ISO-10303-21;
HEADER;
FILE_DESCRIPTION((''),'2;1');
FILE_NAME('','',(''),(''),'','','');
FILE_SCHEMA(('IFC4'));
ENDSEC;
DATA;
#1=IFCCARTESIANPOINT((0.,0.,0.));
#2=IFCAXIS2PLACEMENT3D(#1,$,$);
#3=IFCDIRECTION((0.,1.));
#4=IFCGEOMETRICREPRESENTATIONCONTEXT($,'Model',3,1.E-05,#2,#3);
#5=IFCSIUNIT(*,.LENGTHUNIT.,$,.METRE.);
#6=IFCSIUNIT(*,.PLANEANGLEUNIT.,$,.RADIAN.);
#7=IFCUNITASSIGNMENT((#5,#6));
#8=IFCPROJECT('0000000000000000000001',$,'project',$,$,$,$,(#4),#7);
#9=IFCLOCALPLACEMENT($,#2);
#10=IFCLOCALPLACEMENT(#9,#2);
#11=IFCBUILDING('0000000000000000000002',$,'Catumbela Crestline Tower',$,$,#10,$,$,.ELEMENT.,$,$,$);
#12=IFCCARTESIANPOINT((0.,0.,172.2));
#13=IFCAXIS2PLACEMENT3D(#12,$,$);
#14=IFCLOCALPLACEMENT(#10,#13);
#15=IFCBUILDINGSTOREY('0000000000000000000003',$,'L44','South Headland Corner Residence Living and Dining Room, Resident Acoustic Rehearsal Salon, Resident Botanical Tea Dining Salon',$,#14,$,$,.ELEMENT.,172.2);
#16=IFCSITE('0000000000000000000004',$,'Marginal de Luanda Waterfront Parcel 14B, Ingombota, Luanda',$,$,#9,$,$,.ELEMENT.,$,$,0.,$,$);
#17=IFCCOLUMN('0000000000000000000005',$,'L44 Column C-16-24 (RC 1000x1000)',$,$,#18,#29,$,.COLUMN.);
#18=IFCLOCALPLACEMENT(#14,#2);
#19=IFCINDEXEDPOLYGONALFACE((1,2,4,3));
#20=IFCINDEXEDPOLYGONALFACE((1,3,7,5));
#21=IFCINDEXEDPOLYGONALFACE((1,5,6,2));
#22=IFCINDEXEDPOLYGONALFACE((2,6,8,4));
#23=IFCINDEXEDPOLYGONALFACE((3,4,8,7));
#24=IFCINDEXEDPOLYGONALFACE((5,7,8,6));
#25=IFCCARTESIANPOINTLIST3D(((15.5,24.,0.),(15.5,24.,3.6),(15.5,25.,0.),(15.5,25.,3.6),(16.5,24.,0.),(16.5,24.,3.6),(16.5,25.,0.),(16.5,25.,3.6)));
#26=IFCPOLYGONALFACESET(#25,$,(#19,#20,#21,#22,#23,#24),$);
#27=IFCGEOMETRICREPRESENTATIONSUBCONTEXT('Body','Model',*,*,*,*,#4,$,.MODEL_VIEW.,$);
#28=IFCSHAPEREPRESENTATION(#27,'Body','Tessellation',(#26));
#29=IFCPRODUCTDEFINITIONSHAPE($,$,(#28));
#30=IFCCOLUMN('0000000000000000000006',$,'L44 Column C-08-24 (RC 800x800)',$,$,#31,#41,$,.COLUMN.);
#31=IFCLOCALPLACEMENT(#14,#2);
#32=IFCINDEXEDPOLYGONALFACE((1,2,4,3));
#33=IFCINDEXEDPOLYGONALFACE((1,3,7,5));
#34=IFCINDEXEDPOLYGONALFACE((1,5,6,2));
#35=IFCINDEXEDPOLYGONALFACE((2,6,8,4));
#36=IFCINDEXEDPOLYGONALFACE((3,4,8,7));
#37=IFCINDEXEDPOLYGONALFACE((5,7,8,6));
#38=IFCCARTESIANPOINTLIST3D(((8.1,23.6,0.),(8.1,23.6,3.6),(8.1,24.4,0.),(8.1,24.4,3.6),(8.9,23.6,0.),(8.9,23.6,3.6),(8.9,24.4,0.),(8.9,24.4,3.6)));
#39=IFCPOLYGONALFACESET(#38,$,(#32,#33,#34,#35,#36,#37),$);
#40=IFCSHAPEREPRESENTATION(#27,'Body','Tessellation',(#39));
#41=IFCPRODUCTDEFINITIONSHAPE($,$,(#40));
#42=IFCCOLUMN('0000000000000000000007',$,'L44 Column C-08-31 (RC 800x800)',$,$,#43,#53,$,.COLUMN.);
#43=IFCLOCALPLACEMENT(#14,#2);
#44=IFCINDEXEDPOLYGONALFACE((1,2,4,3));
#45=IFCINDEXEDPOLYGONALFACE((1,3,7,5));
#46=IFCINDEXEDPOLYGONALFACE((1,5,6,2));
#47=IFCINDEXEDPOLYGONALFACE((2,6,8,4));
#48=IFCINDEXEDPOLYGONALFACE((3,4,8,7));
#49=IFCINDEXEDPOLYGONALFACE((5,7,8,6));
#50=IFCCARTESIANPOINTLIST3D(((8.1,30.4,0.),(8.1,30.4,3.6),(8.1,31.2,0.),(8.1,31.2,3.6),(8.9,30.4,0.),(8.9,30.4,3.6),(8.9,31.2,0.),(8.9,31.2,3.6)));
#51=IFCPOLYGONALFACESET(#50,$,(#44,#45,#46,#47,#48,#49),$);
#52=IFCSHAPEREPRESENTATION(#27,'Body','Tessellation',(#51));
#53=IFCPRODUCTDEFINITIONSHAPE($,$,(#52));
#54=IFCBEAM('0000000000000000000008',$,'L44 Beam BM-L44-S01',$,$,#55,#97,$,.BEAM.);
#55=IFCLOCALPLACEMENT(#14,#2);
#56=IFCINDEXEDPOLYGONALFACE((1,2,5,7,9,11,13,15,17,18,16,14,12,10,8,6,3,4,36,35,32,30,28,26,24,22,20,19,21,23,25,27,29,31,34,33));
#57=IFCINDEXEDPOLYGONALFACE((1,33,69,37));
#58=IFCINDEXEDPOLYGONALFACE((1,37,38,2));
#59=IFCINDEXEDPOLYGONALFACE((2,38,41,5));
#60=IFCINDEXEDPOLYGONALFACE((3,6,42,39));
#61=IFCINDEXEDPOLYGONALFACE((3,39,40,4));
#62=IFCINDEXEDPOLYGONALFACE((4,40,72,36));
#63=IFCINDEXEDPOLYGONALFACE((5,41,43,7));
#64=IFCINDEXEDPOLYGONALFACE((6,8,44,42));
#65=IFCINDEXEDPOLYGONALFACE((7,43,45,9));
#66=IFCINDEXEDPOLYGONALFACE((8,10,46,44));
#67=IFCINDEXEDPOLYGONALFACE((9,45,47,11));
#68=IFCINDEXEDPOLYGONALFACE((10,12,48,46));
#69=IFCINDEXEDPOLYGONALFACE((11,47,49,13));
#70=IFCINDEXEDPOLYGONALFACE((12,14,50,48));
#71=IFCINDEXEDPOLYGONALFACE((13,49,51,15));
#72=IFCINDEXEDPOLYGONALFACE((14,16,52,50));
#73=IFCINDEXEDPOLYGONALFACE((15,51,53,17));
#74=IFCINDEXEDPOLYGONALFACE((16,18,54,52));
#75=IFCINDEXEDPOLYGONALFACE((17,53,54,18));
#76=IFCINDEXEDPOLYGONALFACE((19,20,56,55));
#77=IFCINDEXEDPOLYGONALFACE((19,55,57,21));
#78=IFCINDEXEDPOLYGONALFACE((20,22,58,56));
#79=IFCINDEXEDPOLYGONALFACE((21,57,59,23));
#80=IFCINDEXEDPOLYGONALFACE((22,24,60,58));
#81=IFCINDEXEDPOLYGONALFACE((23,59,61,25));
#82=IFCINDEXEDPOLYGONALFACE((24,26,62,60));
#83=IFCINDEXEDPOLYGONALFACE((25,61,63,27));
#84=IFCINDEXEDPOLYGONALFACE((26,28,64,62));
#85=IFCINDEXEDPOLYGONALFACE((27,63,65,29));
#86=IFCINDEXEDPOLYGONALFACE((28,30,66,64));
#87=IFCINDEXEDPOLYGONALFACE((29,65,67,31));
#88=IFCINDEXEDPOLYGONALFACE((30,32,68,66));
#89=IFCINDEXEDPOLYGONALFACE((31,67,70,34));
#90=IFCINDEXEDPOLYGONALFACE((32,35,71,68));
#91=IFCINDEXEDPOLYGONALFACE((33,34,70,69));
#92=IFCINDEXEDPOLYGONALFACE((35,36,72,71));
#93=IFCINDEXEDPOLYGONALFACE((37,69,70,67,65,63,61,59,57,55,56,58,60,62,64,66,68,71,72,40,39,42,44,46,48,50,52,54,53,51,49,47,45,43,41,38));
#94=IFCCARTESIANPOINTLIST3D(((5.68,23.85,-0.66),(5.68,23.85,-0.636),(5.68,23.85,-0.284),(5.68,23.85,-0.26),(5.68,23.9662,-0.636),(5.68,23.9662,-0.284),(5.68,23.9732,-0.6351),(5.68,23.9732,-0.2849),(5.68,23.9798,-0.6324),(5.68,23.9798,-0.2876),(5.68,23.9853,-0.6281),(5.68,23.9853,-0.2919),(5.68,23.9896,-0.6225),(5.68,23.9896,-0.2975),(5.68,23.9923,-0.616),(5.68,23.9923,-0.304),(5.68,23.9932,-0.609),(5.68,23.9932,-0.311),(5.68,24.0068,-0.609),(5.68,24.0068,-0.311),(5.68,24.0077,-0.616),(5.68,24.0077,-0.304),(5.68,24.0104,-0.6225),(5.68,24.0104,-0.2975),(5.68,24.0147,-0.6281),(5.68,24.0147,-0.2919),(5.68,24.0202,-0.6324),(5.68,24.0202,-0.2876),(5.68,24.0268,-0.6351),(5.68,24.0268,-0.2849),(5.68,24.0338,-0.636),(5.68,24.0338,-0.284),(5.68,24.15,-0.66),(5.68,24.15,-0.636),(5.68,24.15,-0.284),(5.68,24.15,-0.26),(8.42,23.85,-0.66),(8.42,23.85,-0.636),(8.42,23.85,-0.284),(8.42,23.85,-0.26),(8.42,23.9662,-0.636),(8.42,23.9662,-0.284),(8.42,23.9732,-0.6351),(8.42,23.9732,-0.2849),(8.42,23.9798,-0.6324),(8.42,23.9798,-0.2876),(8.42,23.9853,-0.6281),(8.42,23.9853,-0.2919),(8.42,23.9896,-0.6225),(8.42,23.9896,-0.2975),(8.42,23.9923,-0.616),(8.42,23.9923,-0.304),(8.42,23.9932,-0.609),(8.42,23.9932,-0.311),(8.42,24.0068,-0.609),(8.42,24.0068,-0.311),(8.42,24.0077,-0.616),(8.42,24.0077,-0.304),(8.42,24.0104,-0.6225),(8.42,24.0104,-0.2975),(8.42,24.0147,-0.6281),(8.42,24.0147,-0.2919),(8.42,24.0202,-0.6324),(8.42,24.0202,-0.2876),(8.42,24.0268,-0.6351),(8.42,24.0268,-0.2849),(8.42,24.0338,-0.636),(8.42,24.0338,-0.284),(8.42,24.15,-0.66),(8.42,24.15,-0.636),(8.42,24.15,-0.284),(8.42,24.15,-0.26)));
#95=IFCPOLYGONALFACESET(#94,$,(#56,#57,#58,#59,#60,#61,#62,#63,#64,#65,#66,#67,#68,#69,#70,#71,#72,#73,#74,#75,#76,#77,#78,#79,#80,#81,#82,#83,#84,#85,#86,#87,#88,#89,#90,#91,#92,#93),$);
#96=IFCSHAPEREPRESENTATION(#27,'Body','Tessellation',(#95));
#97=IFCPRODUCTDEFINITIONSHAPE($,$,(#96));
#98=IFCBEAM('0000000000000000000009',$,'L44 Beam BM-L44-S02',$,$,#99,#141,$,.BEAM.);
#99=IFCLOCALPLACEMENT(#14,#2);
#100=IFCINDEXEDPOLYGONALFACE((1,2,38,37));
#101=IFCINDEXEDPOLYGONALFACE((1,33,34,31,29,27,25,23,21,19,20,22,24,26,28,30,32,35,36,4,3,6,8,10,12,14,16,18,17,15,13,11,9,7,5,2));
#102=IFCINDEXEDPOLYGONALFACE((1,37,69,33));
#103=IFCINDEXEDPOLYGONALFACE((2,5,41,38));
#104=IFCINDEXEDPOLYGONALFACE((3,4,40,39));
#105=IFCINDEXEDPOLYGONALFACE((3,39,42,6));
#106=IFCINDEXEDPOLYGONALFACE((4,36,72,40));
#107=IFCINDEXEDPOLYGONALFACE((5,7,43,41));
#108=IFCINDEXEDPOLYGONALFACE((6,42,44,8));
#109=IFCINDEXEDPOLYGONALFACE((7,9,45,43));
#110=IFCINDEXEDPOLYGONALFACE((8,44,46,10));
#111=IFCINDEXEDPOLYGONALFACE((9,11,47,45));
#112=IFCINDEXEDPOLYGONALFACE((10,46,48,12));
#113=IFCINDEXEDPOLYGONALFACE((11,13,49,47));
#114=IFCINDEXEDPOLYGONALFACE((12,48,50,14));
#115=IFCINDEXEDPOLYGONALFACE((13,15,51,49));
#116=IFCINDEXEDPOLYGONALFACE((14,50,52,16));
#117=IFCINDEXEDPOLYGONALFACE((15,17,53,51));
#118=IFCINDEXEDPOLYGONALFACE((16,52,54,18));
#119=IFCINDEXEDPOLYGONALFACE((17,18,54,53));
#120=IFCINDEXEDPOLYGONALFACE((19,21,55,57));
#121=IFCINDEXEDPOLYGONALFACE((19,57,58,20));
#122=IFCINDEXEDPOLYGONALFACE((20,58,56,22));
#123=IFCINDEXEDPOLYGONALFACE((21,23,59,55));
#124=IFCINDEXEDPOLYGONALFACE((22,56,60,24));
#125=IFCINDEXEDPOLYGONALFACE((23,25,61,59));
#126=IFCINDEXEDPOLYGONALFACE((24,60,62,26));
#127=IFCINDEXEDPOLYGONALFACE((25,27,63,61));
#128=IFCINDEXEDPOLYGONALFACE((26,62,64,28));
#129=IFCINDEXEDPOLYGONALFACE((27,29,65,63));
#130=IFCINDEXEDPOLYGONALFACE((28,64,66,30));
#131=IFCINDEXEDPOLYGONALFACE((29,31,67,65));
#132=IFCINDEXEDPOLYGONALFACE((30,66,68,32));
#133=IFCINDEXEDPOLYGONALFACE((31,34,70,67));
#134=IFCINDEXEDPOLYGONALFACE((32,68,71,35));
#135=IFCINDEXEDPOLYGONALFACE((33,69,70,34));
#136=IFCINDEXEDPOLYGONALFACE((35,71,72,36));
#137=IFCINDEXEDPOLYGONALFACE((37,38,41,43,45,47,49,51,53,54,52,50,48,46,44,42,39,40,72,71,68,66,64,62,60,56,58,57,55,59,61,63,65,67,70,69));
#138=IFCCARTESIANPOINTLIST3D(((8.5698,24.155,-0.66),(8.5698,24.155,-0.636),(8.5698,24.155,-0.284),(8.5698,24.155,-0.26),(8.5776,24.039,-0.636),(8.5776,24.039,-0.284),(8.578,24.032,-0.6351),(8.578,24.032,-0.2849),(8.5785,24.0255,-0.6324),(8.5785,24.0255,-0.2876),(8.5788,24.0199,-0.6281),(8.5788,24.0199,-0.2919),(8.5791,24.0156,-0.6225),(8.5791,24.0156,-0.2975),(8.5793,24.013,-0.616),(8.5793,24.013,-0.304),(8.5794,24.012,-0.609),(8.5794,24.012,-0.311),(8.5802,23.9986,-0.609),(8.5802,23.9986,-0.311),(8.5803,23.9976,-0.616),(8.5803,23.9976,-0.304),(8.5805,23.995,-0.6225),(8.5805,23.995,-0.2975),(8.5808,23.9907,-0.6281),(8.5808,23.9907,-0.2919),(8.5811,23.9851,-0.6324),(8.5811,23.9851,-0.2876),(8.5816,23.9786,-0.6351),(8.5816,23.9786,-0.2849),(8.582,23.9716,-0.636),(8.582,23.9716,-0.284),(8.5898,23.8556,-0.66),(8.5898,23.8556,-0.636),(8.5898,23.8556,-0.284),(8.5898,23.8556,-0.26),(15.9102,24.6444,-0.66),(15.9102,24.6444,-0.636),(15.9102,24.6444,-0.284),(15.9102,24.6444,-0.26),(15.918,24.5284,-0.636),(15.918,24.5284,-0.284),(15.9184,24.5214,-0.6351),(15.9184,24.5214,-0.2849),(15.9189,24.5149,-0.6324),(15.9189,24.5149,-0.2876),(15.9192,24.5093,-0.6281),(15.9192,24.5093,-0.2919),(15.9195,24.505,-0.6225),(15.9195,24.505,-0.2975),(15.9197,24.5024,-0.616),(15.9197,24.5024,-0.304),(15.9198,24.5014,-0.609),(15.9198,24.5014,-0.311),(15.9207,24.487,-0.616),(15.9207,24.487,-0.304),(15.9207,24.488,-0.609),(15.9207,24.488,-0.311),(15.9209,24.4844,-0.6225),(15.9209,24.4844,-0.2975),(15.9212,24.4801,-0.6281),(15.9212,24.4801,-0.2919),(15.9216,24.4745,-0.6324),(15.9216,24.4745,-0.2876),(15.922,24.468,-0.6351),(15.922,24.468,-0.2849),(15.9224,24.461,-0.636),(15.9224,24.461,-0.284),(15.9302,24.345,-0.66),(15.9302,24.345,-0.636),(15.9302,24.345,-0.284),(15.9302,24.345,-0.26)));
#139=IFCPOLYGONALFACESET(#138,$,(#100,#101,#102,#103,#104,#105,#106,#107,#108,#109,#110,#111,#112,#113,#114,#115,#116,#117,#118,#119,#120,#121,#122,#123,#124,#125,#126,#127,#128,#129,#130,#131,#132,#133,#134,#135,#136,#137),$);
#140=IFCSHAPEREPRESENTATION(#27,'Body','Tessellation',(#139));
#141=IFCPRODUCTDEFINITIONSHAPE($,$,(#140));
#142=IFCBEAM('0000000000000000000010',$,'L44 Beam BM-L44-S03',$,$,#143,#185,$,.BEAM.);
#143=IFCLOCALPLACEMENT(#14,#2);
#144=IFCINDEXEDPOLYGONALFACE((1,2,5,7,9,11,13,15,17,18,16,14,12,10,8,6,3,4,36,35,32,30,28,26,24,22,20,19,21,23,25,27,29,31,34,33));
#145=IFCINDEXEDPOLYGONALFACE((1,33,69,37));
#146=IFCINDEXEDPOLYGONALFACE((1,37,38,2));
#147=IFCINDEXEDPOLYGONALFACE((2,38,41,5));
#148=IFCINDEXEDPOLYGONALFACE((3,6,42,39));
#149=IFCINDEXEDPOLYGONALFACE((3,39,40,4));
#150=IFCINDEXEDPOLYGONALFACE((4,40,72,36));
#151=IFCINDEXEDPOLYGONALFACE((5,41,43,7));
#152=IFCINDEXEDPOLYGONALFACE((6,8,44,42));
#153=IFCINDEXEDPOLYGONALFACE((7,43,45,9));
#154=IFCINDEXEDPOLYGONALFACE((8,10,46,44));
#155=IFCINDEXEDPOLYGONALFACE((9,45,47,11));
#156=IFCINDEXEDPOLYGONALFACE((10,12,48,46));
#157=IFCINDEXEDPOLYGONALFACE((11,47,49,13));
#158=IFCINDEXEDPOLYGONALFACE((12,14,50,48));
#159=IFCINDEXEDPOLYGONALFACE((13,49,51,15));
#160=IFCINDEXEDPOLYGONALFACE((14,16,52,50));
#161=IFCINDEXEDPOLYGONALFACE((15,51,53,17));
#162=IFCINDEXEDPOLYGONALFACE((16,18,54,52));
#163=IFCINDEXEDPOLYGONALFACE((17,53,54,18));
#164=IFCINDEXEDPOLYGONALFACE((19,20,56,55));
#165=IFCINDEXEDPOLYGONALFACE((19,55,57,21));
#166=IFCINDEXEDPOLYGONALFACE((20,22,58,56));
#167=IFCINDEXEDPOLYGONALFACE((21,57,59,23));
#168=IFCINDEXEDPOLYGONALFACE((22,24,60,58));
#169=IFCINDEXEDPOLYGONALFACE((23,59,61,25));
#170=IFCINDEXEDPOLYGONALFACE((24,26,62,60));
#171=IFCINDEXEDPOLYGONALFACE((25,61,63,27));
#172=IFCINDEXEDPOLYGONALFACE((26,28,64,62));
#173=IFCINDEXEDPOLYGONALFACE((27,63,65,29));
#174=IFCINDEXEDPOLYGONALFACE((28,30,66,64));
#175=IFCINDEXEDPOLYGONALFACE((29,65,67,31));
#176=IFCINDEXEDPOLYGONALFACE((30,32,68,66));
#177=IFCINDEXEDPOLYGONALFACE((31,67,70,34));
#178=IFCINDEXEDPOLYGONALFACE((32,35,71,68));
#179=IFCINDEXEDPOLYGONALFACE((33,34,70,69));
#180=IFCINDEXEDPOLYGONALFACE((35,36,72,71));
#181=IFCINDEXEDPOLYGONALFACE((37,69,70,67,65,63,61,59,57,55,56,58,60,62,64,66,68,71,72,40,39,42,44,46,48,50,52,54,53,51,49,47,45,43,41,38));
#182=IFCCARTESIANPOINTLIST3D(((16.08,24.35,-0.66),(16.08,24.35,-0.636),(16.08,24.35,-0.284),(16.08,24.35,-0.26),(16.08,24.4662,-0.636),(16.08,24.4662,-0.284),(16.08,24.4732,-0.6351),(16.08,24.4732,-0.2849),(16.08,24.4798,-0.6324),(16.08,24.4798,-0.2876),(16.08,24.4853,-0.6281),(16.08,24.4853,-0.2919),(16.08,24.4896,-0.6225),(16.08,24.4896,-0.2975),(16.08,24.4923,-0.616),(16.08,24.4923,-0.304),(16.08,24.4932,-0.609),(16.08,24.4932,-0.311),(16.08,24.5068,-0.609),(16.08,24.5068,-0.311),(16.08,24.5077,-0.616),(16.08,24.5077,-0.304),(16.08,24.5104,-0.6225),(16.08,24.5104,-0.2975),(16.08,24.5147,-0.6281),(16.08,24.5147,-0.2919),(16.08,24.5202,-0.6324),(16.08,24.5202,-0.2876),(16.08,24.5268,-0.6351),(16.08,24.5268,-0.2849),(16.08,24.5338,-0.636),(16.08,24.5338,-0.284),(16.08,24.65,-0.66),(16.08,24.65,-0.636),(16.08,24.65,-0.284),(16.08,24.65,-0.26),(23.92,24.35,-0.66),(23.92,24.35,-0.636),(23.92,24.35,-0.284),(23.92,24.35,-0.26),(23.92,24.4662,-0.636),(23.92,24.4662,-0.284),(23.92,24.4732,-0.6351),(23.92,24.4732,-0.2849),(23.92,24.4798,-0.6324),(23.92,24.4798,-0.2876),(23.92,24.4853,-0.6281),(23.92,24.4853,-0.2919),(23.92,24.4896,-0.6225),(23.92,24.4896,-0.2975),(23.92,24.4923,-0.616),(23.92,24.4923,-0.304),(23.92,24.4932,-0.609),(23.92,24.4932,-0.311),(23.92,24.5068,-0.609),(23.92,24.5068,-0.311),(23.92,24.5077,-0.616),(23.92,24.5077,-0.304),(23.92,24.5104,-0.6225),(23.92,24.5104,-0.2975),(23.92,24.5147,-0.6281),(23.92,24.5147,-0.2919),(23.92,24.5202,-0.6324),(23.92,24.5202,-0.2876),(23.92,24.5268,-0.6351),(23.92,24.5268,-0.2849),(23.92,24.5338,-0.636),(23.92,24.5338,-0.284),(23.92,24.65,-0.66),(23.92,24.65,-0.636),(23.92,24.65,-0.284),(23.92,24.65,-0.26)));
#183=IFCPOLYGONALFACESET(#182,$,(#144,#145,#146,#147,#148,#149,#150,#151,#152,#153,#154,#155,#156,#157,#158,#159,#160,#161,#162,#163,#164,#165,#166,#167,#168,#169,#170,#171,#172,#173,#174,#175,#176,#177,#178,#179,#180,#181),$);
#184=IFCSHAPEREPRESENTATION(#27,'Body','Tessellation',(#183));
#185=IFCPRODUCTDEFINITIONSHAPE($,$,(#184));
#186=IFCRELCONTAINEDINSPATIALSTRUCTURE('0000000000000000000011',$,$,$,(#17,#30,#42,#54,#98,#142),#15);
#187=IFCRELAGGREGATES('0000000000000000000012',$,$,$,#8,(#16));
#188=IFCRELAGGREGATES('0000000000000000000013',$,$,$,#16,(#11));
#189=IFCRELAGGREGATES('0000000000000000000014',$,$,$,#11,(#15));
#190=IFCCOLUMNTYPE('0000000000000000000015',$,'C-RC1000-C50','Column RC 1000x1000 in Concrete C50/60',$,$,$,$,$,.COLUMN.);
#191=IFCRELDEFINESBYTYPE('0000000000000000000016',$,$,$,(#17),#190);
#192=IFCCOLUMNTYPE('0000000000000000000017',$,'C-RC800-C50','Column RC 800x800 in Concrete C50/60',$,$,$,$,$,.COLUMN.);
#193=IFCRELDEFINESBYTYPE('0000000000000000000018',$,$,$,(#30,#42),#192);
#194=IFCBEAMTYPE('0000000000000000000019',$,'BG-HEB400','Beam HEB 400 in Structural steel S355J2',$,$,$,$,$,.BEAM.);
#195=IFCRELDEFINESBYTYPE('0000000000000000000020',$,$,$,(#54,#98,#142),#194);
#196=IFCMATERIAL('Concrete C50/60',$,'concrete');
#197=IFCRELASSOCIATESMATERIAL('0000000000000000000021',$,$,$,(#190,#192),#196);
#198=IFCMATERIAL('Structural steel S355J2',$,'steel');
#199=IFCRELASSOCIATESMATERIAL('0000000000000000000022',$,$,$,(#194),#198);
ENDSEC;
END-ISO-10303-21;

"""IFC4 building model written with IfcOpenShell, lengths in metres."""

from ifc_helpers import new_model, si_unit, direction, frame, origin, origin_2d, place, context, subcontext, project, spatial, rectangle, i_section, extrude, material, material_profile, profile_set, type_object, element, save


model = new_model("IFC4")

# Units and contexts
model_context = context("Model", 3, precision=1e-05, world=origin(), true_north=direction((0.0, 1.0)))
body_context = subcontext(model_context, "Body", "Model", "MODEL_VIEW")
ifc_project = project(units=[si_unit("LENGTHUNIT", "METRE"), si_unit("PLANEANGLEUNIT", "RADIAN")], contexts=[model_context])

# Site, building, storey
site_placement = place(None, origin())
site = spatial("IfcSite", under=ifc_project, at=site_placement, Name="Marginal de Luanda Waterfront Parcel 14B, Ingombota, Luanda", CompositionType="ELEMENT", RefElevation=0.0)
building_placement = place(site_placement, origin())
building = spatial("IfcBuilding", under=site, at=building_placement, Name="Catumbela Crestline Tower", CompositionType="ELEMENT")
storey_placement = place(building_placement, frame((0.0, 0.0, 172.2)))
storey = spatial("IfcBuildingStorey", under=building, at=storey_placement, Name="L44", Description="South Headland Corner Residence Living and Dining Room, Resident Acoustic Rehearsal Salon, Resident Botanical Tea Dining Salon", CompositionType="ELEMENT", Elevation=172.2)

# Columns
ifc_material_1 = material(Name="Concrete C50/60", Category="concrete")
ifc_material_profile_1 = material_profile(ifc_material_1, rectangle(XDim=1.0, YDim=1.0, at=origin_2d()), Name="RC 1000x1000")
ifc_profile_set_1 = profile_set([ifc_material_profile_1], Name="Concrete C50/60")
column_type_1 = type_object("IfcColumnType", Name="C-RC1000-C50", Description="Column RC 1000x1000 in Concrete C50/60", PredefinedType="COLUMN", material=ifc_profile_set_1)
column_placement = place(storey_placement, frame((16.0, 24.5, 0.0), z_axis=(0.0, 0.0, 1.0), x_axis=(1.0, 0.0, 0.0)))
element("IfcColumn", 1, at=column_placement, inside=storey, type_object=column_type_1, Name="L44 Column C-16-24 (RC 1000x1000)", PredefinedType="COLUMN", context=body_context, shape_type="SweptSolid", body=[
    extrude(rectangle(XDim=1.0, YDim=1.0, at=origin_2d()), origin(), (0.0, 0.0, 1.0), 3.6),
])
ifc_material_profile_2 = material_profile(ifc_material_1, rectangle(XDim=0.8, YDim=0.8, at=origin_2d()), Name="RC 800x800")
ifc_profile_set_2 = profile_set([ifc_material_profile_2], Name="Concrete C50/60")
column_type_2 = type_object("IfcColumnType", Name="C-RC800-C50", Description="Column RC 800x800 in Concrete C50/60", PredefinedType="COLUMN", material=ifc_profile_set_2)
for number, where, z_axis, x_axis, name in (
    (2, (8.5, 24.0, 0.0), (0.0, 0.0, 1.0), (1.0, 0.0, 0.0), "L44 Column C-08-24 (RC 800x800)"),
    (3, (8.5, 30.8, 0.0), (0.0, 0.0, 1.0), (1.0, 0.0, 0.0), "L44 Column C-08-31 (RC 800x800)"),
):
    element("IfcColumn", number, at=place(storey_placement, frame(where, z_axis=z_axis, x_axis=x_axis)), inside=storey, type_object=column_type_2, Name=name, PredefinedType="COLUMN", context=body_context, shape_type="SweptSolid", body=[
        extrude(rectangle(XDim=0.8, YDim=0.8, at=origin_2d()), origin(), (0.0, 0.0, 1.0), 3.6),
    ])

# Beams
ifc_material_2 = material(Name="Structural steel S355J2", Category="steel")
ifc_material_profile_3 = material_profile(ifc_material_2, i_section(OverallWidth=0.3, OverallDepth=0.4, WebThickness=0.0135, FlangeThickness=0.024, FilletRadius=0.027, at=origin_2d()), Name="HEB 400")
ifc_profile_set_3 = profile_set([ifc_material_profile_3], Name="Structural steel S355J2")
beam_type_1 = type_object("IfcBeamType", Name="BG-HEB400", Description="Beam HEB 400 in Structural steel S355J2", PredefinedType="BEAM", material=ifc_profile_set_3)
beam_1_placement = place(storey_placement, frame((5.68, 24.0, -0.46), z_axis=(1.0, 0.0, 0.0), x_axis=(0.0, 1.0, 0.0)))
element("IfcBeam", 4, at=beam_1_placement, inside=storey, type_object=beam_type_1, Name="L44 Beam BM-L44-S01", PredefinedType="BEAM", context=body_context, shape_type="SweptSolid", body=[
    extrude(i_section(OverallWidth=0.3, OverallDepth=0.4, WebThickness=0.0135, FlangeThickness=0.024, FilletRadius=0.027, at=origin_2d()), origin(), (0.0, 0.0, 1.0), 2.74),
])
beam_2_placement = place(storey_placement, frame((8.5798, 24.0053, -0.46), z_axis=(0.997785, 0.066524, 0.0), x_axis=(-0.066524, 0.997785, 0.0)))
element("IfcBeam", 5, at=beam_2_placement, inside=storey, type_object=beam_type_1, Name="L44 Beam BM-L44-S02", PredefinedType="BEAM", context=body_context, shape_type="SweptSolid", body=[
    extrude(i_section(OverallWidth=0.3, OverallDepth=0.4, WebThickness=0.0135, FlangeThickness=0.024, FilletRadius=0.027, at=origin_2d()), origin(), (0.0, 0.0, 1.0), 7.3567),
])
beam_3_placement = place(storey_placement, frame((16.08, 24.5, -0.46), z_axis=(1.0, 0.0, 0.0), x_axis=(0.0, 1.0, 0.0)))
element("IfcBeam", 6, at=beam_3_placement, inside=storey, type_object=beam_type_1, Name="L44 Beam BM-L44-S03", PredefinedType="BEAM", context=body_context, shape_type="SweptSolid", body=[
    extrude(i_section(OverallWidth=0.3, OverallDepth=0.4, WebThickness=0.0135, FlangeThickness=0.024, FilletRadius=0.027, at=origin_2d()), origin(), (0.0, 0.0, 1.0), 7.84),
])

save(model, "model.ifc")
